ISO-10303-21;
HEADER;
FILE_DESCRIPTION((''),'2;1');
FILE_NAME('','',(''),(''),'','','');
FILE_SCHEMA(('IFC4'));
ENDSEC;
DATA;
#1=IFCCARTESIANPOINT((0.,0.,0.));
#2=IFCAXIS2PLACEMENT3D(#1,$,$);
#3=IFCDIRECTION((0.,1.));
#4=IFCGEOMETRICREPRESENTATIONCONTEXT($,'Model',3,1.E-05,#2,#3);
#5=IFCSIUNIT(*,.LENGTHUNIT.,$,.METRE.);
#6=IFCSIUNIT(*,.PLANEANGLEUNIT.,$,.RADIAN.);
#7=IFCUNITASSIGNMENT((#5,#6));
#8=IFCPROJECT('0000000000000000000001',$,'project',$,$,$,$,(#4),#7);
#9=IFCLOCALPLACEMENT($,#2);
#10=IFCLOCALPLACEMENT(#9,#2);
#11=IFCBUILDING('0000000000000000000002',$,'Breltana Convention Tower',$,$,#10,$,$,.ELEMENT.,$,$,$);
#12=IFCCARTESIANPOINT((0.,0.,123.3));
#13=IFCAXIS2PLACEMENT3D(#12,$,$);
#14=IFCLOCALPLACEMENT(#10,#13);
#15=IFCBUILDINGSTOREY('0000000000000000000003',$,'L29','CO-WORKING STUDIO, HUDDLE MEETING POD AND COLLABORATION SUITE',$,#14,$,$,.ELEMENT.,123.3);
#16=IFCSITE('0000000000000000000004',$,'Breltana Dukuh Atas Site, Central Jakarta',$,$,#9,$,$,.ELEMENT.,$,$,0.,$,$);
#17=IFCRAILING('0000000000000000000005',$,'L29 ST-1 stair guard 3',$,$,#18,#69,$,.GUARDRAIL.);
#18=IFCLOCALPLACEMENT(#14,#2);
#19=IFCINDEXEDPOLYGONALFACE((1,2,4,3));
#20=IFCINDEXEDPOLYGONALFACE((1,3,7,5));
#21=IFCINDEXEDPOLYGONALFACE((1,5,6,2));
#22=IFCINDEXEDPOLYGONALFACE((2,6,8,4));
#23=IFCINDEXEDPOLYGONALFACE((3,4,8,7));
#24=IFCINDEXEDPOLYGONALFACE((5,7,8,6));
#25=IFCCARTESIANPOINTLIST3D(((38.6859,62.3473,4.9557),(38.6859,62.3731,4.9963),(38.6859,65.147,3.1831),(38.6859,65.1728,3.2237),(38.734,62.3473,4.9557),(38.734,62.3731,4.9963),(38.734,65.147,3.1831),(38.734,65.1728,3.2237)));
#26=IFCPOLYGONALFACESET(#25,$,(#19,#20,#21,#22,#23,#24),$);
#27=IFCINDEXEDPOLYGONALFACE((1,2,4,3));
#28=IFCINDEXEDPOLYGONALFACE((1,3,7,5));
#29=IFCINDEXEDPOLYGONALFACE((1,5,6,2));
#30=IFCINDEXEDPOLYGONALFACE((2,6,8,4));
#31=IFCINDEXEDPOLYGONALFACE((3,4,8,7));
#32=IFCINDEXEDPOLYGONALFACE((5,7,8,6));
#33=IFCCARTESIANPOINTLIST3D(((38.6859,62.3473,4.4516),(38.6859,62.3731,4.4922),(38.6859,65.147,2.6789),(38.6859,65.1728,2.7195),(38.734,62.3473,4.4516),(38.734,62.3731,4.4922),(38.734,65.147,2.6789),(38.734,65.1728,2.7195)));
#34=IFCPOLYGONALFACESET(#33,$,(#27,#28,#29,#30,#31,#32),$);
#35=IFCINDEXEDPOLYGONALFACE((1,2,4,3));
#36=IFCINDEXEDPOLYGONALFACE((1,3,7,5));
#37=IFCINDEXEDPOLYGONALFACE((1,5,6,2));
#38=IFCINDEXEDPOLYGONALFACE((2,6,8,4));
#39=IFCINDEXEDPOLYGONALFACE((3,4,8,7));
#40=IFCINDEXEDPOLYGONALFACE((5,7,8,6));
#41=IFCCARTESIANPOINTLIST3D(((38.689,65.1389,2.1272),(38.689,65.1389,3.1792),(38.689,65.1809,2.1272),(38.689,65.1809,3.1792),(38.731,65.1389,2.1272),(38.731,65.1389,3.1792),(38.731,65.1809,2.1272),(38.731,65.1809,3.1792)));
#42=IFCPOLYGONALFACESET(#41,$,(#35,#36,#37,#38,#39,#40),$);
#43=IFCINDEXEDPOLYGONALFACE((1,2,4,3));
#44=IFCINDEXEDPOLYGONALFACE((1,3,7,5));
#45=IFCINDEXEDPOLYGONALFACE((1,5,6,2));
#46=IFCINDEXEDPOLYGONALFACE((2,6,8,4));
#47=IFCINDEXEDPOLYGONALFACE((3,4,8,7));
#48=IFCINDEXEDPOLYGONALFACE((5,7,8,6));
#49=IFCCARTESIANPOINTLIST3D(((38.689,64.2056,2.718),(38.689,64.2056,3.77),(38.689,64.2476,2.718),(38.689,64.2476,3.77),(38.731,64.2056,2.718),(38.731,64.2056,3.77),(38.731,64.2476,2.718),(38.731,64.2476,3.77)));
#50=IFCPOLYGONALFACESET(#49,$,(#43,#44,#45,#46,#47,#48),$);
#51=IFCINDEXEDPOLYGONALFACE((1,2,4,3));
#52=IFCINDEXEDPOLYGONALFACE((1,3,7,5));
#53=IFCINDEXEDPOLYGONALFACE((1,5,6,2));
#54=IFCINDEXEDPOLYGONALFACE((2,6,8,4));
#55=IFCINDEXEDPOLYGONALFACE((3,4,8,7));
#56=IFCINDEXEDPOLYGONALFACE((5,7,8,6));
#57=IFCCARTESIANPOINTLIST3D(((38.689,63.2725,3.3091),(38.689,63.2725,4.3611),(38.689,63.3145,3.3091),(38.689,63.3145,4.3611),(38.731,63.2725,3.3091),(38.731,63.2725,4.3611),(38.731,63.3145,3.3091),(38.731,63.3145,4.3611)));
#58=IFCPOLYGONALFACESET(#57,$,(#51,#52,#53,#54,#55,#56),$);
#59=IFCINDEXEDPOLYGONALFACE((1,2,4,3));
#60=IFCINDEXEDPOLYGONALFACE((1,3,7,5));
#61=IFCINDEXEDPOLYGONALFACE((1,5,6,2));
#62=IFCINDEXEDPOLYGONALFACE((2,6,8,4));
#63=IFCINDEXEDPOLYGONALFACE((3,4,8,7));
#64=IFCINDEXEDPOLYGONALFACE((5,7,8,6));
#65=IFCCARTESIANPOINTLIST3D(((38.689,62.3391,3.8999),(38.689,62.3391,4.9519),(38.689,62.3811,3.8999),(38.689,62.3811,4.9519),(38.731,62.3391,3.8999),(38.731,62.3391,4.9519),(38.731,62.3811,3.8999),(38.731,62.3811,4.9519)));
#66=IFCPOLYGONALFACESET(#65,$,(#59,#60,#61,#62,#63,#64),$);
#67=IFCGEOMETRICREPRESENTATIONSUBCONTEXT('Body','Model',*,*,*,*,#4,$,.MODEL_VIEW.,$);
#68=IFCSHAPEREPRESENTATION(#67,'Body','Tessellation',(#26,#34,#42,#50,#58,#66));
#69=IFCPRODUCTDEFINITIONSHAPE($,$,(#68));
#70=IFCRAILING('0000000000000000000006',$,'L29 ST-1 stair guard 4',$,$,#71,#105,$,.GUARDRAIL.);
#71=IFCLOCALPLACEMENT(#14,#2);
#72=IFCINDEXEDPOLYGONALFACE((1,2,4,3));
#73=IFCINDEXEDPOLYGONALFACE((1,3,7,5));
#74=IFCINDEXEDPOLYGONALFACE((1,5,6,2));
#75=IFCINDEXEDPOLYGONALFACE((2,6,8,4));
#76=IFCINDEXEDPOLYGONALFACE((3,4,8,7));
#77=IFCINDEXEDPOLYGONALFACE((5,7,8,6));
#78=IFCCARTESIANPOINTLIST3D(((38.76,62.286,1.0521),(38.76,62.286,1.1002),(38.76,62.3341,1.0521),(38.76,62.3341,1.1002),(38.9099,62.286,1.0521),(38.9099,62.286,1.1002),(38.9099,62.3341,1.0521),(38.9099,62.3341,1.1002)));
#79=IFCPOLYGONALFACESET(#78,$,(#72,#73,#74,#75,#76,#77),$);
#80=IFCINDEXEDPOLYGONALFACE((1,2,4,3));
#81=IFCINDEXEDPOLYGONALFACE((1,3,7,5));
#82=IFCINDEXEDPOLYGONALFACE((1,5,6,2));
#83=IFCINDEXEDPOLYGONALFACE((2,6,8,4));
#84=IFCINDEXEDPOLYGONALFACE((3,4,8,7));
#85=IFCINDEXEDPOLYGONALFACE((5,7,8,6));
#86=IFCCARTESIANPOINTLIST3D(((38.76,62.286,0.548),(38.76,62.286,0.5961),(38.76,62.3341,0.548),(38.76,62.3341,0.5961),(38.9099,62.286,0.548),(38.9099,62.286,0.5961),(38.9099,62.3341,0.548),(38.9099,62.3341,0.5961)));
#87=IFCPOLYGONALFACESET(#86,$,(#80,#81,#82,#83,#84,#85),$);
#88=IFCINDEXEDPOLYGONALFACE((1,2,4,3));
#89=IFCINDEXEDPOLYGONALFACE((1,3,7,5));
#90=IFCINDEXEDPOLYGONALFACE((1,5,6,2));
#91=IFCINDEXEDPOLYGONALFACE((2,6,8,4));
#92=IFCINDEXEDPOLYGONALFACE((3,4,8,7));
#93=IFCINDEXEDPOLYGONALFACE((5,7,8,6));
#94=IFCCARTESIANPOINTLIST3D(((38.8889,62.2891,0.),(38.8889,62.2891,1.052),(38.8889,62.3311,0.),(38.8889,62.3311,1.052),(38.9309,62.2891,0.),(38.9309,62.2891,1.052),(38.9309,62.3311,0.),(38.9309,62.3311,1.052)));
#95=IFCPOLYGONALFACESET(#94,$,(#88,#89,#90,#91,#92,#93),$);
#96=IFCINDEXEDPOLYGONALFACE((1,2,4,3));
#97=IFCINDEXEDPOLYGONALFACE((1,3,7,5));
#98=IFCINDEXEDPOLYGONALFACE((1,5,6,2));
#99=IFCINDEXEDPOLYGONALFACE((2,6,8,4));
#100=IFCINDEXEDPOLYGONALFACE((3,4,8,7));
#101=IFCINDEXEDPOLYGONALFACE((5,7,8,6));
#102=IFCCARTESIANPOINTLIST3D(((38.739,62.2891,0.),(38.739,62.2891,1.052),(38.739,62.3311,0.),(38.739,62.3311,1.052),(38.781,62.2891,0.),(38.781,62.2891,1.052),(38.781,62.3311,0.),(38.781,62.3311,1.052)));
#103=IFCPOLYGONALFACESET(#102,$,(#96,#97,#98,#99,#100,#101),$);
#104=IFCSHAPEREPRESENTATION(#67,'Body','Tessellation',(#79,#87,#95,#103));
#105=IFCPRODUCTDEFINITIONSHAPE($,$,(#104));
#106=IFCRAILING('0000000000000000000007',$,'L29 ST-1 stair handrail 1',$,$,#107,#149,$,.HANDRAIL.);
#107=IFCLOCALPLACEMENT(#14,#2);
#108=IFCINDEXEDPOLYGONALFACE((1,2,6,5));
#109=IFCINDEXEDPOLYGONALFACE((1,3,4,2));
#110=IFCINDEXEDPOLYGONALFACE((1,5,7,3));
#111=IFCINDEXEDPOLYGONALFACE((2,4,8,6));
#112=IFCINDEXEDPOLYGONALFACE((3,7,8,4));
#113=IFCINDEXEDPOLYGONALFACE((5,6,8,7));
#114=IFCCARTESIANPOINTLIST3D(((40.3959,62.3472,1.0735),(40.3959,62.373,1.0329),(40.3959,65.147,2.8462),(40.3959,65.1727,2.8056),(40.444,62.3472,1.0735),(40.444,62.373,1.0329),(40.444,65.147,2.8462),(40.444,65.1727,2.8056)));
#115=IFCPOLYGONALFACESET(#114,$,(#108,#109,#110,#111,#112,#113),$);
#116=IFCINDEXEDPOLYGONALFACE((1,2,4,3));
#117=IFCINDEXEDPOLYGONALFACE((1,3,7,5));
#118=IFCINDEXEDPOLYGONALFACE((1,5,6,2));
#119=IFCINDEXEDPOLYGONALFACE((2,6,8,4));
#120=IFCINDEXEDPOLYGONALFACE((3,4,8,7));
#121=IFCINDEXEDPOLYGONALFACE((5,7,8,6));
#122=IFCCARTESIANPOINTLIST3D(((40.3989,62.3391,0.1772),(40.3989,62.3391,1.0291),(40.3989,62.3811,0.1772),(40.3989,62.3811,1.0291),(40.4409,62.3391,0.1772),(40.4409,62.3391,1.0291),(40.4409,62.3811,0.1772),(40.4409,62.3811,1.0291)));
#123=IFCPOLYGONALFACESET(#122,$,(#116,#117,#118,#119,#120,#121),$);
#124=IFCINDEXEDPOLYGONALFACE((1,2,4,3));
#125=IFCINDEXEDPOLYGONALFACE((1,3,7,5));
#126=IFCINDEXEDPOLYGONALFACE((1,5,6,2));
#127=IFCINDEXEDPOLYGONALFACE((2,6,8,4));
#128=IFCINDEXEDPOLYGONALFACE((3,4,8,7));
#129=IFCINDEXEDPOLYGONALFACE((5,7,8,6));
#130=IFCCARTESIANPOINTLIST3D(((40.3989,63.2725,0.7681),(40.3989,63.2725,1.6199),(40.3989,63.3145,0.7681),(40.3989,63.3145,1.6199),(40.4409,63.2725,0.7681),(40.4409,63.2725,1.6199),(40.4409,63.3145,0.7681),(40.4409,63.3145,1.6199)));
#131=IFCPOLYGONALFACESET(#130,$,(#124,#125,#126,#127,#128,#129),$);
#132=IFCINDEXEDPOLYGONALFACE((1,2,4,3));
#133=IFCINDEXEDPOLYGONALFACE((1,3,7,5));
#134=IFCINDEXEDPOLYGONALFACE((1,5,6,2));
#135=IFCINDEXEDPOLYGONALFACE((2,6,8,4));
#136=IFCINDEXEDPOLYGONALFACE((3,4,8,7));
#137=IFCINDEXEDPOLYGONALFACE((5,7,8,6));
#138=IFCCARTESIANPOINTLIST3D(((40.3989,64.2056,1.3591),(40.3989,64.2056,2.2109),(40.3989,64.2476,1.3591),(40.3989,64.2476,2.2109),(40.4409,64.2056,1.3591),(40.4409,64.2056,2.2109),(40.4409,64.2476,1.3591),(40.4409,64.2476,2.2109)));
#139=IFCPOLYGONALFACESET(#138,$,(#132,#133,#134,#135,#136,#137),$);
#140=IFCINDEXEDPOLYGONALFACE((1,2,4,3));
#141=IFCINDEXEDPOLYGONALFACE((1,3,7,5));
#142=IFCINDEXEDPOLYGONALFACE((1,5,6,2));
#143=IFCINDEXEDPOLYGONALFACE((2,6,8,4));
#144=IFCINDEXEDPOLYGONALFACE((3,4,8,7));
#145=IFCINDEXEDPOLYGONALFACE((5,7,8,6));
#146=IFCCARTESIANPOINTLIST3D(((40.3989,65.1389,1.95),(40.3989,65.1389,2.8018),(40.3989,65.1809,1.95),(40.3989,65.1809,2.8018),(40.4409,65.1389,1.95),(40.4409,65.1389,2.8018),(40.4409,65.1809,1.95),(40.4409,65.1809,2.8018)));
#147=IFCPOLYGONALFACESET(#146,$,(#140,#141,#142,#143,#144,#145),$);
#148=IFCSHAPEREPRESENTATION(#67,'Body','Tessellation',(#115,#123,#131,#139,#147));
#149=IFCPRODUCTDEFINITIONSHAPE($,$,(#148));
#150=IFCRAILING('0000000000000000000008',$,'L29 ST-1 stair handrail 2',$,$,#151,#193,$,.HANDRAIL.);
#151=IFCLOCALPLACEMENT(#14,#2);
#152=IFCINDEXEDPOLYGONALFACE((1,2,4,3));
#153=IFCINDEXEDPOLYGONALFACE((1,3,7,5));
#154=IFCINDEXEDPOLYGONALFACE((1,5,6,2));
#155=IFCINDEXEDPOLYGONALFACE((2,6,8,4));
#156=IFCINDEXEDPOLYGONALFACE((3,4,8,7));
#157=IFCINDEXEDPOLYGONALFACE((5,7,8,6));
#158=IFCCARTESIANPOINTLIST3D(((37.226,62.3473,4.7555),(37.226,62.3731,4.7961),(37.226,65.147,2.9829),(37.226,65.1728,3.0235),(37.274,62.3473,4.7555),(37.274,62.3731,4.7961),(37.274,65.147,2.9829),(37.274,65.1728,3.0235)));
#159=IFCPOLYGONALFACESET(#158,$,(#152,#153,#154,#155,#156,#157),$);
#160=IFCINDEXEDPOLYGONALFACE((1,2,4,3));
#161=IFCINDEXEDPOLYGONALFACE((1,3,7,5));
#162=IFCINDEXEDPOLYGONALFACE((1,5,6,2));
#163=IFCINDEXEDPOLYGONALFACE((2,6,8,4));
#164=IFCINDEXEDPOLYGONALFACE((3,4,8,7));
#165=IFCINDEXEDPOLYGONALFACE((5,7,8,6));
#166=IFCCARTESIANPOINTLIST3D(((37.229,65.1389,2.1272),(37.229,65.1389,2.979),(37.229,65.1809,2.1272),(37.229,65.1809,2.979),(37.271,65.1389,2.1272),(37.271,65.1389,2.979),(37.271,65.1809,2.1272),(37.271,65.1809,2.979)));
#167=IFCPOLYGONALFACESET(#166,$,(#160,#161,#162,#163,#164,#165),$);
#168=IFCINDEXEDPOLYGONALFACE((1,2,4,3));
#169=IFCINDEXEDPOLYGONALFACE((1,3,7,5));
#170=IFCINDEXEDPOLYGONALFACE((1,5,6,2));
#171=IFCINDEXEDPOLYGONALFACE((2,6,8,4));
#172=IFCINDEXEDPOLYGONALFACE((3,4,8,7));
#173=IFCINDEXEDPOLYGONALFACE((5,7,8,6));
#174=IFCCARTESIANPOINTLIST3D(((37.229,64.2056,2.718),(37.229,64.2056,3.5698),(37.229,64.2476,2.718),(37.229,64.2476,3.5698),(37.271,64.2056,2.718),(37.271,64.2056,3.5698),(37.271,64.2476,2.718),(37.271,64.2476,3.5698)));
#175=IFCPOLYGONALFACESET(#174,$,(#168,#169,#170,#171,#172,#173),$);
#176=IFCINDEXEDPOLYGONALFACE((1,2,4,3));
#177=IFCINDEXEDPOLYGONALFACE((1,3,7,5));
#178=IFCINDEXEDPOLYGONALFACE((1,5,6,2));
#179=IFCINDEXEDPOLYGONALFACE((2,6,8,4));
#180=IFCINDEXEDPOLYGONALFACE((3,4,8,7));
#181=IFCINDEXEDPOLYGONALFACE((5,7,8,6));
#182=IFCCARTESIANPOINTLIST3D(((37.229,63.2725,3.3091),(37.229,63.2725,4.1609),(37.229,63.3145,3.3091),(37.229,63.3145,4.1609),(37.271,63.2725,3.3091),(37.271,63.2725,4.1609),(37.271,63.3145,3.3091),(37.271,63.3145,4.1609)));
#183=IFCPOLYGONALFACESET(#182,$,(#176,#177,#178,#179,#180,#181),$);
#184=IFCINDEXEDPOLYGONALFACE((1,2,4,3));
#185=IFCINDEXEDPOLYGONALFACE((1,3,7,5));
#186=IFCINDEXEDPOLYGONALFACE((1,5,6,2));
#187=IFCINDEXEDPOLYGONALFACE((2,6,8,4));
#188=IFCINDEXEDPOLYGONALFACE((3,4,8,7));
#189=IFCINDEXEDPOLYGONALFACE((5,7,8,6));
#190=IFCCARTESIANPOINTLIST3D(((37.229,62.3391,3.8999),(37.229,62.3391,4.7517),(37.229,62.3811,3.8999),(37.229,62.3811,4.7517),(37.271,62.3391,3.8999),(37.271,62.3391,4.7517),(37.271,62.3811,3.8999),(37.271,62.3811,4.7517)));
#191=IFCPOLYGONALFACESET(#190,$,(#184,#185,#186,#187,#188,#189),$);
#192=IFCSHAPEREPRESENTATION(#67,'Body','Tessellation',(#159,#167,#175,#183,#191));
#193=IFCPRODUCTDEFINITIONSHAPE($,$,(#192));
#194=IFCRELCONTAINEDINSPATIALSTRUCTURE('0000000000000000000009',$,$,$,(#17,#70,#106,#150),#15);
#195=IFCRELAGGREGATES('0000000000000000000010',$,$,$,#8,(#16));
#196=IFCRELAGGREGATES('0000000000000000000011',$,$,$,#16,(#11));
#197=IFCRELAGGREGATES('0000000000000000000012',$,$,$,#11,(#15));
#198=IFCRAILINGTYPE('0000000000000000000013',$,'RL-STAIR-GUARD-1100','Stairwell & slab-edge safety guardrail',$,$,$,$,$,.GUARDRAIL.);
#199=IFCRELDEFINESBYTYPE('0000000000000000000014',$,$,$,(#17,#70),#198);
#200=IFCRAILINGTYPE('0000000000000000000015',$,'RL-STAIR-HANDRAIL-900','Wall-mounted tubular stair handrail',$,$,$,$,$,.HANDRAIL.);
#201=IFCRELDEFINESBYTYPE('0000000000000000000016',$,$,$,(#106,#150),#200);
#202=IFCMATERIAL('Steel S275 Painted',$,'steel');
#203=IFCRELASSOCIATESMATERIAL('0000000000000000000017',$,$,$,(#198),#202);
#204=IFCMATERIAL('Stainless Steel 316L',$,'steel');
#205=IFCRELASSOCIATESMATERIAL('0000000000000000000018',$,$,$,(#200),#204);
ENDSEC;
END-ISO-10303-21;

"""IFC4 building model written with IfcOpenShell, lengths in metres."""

from ifc_helpers import new_model, si_unit, direction, frame, origin, origin_2d, place, context, subcontext, project, spatial, rectangle, extrude, material, type_object, element, save


model = new_model("IFC4")

# Units and contexts
model_context = context("Model", 3, precision=1e-05, world=origin(), true_north=direction((0.0, 1.0)))
body_context = subcontext(model_context, "Body", "Model", "MODEL_VIEW")
ifc_project = project(units=[si_unit("LENGTHUNIT", "METRE"), si_unit("PLANEANGLEUNIT", "RADIAN")], contexts=[model_context])

# Site, building, storey
site_placement = place(None, origin())
site = spatial("IfcSite", under=ifc_project, at=site_placement, Name="Breltana Dukuh Atas Site, Central Jakarta", CompositionType="ELEMENT", RefElevation=0.0)
building_placement = place(site_placement, origin())
building = spatial("IfcBuilding", under=site, at=building_placement, Name="Breltana Convention Tower", CompositionType="ELEMENT")
storey_placement = place(building_placement, frame((0.0, 0.0, 123.3)))
storey = spatial("IfcBuildingStorey", under=building, at=storey_placement, Name="L29", Description="CO-WORKING STUDIO, HUDDLE MEETING POD AND COLLABORATION SUITE", CompositionType="ELEMENT", Elevation=123.3)

# Railings
ifc_material_1 = material(Name="Steel S275 Painted", Category="steel")
railing_type_1 = type_object("IfcRailingType", Name="RL-STAIR-GUARD-1100", Description="Stairwell & slab-edge safety guardrail", PredefinedType="GUARDRAIL", material=ifc_material_1)
railing_1_placement = place(storey_placement, frame((38.71, 65.1599, 2.1272)))
element("IfcRailing", 1, at=railing_1_placement, inside=storey, type_object=railing_type_1, Name="L29 ST-1 stair guard 3", PredefinedType="GUARDRAIL", context=body_context, shape_type="SweptSolid", body=[
    extrude(rectangle(XDim=0.0481, YDim=0.0481, at=origin_2d()), frame((0.0, 0.0, 1.0762), z_axis=(0.0, -0.844888, 0.534943), x_axis=(1.0, 0.0, 0.0)), (0.0, 0.0, 1.0), 3.3137),
    extrude(rectangle(XDim=0.0481, YDim=0.0481, at=origin_2d()), frame((0.0, 0.0, 0.572), z_axis=(0.0, -0.844888, 0.534943), x_axis=(1.0, 0.0, 0.0)), (0.0, 0.0, 1.0), 3.3137),
    extrude(rectangle(XDim=0.042, YDim=0.042, at=origin_2d()), origin(), (0.0, 0.0, 1.0), 1.052),
    extrude(rectangle(XDim=0.042, YDim=0.042, at=origin_2d()), frame((0.0, -0.9333, 0.5908)), (0.0, 0.0, 1.0), 1.052),
    extrude(rectangle(XDim=0.042, YDim=0.042, at=origin_2d()), frame((0.0, -1.8665, 1.1819)), (0.0, 0.0, 1.0), 1.052),
    extrude(rectangle(XDim=0.042, YDim=0.042, at=origin_2d()), frame((0.0, -2.7998, 1.7727)), (0.0, 0.0, 1.0), 1.052),
])
railing_2_placement = place(storey_placement, frame((38.9099, 62.3101, 0.0)))
element("IfcRailing", 2, at=railing_2_placement, inside=storey, type_object=railing_type_1, Name="L29 ST-1 stair guard 4", PredefinedType="GUARDRAIL", context=body_context, shape_type="SweptSolid", body=[
    extrude(rectangle(XDim=0.0481, YDim=0.0481, at=origin_2d()), frame((0.0, 0.0, 1.0762), z_axis=(-1.0, 0.0, 0.0), x_axis=(0.0, -1.0, 0.0)), (0.0, 0.0, 1.0), 0.1499),
    extrude(rectangle(XDim=0.0481, YDim=0.0481, at=origin_2d()), frame((0.0, 0.0, 0.572), z_axis=(-1.0, 0.0, 0.0), x_axis=(0.0, -1.0, 0.0)), (0.0, 0.0, 1.0), 0.1499),
    extrude(rectangle(XDim=0.042, YDim=0.042, at=origin_2d()), origin(), (0.0, 0.0, 1.0), 1.052),
    extrude(rectangle(XDim=0.042, YDim=0.042, at=origin_2d()), frame((-0.1499, 0.0, 0.0)), (0.0, 0.0, 1.0), 1.052),
])
ifc_material_2 = material(Name="Stainless Steel 316L", Category="steel")
railing_type_2 = type_object("IfcRailingType", Name="RL-STAIR-HANDRAIL-900", Description="Wall-mounted tubular stair handrail", PredefinedType="HANDRAIL", material=ifc_material_2)
railing_3_placement = place(storey_placement, frame((40.4199, 62.3601, 0.1772)))
element("IfcRailing", 3, at=railing_3_placement, inside=storey, type_object=railing_type_2, Name="L29 ST-1 stair handrail 1", PredefinedType="HANDRAIL", context=body_context, shape_type="SweptSolid", body=[
    extrude(rectangle(XDim=0.0481, YDim=0.0481, at=origin_2d()), frame((0.0, 0.0, 0.876), z_axis=(0.0, 0.844888, 0.534943), x_axis=(-1.0, 0.0, 0.0)), (0.0, 0.0, 1.0), 3.3137),
    extrude(rectangle(XDim=0.042, YDim=0.042, at=origin_2d()), origin(), (0.0, 0.0, 1.0), 0.8518),
    extrude(rectangle(XDim=0.042, YDim=0.042, at=origin_2d()), frame((0.0, 0.9333, 0.5908)), (0.0, 0.0, 1.0), 0.8518),
    extrude(rectangle(XDim=0.042, YDim=0.042, at=origin_2d()), frame((0.0, 1.8665, 1.1819)), (0.0, 0.0, 1.0), 0.8518),
    extrude(rectangle(XDim=0.042, YDim=0.042, at=origin_2d()), frame((0.0, 2.7998, 1.7727)), (0.0, 0.0, 1.0), 0.8518),
])
railing_4_placement = place(storey_placement, frame((37.25, 65.1599, 2.1272)))
element("IfcRailing", 4, at=railing_4_placement, inside=storey, type_object=railing_type_2, Name="L29 ST-1 stair handrail 2", PredefinedType="HANDRAIL", context=body_context, shape_type="SweptSolid", body=[
    extrude(rectangle(XDim=0.0481, YDim=0.0481, at=origin_2d()), frame((0.0, 0.0, 0.876), z_axis=(0.0, -0.844888, 0.534943), x_axis=(1.0, 0.0, 0.0)), (0.0, 0.0, 1.0), 3.3137),
    extrude(rectangle(XDim=0.042, YDim=0.042, at=origin_2d()), origin(), (0.0, 0.0, 1.0), 0.8518),
    extrude(rectangle(XDim=0.042, YDim=0.042, at=origin_2d()), frame((0.0, -0.9333, 0.5908)), (0.0, 0.0, 1.0), 0.8518),
    extrude(rectangle(XDim=0.042, YDim=0.042, at=origin_2d()), frame((0.0, -1.8665, 1.1819)), (0.0, 0.0, 1.0), 0.8518),
    extrude(rectangle(XDim=0.042, YDim=0.042, at=origin_2d()), frame((0.0, -2.7998, 1.7727)), (0.0, 0.0, 1.0), 0.8518),
])

save(model, "model.ifc")
